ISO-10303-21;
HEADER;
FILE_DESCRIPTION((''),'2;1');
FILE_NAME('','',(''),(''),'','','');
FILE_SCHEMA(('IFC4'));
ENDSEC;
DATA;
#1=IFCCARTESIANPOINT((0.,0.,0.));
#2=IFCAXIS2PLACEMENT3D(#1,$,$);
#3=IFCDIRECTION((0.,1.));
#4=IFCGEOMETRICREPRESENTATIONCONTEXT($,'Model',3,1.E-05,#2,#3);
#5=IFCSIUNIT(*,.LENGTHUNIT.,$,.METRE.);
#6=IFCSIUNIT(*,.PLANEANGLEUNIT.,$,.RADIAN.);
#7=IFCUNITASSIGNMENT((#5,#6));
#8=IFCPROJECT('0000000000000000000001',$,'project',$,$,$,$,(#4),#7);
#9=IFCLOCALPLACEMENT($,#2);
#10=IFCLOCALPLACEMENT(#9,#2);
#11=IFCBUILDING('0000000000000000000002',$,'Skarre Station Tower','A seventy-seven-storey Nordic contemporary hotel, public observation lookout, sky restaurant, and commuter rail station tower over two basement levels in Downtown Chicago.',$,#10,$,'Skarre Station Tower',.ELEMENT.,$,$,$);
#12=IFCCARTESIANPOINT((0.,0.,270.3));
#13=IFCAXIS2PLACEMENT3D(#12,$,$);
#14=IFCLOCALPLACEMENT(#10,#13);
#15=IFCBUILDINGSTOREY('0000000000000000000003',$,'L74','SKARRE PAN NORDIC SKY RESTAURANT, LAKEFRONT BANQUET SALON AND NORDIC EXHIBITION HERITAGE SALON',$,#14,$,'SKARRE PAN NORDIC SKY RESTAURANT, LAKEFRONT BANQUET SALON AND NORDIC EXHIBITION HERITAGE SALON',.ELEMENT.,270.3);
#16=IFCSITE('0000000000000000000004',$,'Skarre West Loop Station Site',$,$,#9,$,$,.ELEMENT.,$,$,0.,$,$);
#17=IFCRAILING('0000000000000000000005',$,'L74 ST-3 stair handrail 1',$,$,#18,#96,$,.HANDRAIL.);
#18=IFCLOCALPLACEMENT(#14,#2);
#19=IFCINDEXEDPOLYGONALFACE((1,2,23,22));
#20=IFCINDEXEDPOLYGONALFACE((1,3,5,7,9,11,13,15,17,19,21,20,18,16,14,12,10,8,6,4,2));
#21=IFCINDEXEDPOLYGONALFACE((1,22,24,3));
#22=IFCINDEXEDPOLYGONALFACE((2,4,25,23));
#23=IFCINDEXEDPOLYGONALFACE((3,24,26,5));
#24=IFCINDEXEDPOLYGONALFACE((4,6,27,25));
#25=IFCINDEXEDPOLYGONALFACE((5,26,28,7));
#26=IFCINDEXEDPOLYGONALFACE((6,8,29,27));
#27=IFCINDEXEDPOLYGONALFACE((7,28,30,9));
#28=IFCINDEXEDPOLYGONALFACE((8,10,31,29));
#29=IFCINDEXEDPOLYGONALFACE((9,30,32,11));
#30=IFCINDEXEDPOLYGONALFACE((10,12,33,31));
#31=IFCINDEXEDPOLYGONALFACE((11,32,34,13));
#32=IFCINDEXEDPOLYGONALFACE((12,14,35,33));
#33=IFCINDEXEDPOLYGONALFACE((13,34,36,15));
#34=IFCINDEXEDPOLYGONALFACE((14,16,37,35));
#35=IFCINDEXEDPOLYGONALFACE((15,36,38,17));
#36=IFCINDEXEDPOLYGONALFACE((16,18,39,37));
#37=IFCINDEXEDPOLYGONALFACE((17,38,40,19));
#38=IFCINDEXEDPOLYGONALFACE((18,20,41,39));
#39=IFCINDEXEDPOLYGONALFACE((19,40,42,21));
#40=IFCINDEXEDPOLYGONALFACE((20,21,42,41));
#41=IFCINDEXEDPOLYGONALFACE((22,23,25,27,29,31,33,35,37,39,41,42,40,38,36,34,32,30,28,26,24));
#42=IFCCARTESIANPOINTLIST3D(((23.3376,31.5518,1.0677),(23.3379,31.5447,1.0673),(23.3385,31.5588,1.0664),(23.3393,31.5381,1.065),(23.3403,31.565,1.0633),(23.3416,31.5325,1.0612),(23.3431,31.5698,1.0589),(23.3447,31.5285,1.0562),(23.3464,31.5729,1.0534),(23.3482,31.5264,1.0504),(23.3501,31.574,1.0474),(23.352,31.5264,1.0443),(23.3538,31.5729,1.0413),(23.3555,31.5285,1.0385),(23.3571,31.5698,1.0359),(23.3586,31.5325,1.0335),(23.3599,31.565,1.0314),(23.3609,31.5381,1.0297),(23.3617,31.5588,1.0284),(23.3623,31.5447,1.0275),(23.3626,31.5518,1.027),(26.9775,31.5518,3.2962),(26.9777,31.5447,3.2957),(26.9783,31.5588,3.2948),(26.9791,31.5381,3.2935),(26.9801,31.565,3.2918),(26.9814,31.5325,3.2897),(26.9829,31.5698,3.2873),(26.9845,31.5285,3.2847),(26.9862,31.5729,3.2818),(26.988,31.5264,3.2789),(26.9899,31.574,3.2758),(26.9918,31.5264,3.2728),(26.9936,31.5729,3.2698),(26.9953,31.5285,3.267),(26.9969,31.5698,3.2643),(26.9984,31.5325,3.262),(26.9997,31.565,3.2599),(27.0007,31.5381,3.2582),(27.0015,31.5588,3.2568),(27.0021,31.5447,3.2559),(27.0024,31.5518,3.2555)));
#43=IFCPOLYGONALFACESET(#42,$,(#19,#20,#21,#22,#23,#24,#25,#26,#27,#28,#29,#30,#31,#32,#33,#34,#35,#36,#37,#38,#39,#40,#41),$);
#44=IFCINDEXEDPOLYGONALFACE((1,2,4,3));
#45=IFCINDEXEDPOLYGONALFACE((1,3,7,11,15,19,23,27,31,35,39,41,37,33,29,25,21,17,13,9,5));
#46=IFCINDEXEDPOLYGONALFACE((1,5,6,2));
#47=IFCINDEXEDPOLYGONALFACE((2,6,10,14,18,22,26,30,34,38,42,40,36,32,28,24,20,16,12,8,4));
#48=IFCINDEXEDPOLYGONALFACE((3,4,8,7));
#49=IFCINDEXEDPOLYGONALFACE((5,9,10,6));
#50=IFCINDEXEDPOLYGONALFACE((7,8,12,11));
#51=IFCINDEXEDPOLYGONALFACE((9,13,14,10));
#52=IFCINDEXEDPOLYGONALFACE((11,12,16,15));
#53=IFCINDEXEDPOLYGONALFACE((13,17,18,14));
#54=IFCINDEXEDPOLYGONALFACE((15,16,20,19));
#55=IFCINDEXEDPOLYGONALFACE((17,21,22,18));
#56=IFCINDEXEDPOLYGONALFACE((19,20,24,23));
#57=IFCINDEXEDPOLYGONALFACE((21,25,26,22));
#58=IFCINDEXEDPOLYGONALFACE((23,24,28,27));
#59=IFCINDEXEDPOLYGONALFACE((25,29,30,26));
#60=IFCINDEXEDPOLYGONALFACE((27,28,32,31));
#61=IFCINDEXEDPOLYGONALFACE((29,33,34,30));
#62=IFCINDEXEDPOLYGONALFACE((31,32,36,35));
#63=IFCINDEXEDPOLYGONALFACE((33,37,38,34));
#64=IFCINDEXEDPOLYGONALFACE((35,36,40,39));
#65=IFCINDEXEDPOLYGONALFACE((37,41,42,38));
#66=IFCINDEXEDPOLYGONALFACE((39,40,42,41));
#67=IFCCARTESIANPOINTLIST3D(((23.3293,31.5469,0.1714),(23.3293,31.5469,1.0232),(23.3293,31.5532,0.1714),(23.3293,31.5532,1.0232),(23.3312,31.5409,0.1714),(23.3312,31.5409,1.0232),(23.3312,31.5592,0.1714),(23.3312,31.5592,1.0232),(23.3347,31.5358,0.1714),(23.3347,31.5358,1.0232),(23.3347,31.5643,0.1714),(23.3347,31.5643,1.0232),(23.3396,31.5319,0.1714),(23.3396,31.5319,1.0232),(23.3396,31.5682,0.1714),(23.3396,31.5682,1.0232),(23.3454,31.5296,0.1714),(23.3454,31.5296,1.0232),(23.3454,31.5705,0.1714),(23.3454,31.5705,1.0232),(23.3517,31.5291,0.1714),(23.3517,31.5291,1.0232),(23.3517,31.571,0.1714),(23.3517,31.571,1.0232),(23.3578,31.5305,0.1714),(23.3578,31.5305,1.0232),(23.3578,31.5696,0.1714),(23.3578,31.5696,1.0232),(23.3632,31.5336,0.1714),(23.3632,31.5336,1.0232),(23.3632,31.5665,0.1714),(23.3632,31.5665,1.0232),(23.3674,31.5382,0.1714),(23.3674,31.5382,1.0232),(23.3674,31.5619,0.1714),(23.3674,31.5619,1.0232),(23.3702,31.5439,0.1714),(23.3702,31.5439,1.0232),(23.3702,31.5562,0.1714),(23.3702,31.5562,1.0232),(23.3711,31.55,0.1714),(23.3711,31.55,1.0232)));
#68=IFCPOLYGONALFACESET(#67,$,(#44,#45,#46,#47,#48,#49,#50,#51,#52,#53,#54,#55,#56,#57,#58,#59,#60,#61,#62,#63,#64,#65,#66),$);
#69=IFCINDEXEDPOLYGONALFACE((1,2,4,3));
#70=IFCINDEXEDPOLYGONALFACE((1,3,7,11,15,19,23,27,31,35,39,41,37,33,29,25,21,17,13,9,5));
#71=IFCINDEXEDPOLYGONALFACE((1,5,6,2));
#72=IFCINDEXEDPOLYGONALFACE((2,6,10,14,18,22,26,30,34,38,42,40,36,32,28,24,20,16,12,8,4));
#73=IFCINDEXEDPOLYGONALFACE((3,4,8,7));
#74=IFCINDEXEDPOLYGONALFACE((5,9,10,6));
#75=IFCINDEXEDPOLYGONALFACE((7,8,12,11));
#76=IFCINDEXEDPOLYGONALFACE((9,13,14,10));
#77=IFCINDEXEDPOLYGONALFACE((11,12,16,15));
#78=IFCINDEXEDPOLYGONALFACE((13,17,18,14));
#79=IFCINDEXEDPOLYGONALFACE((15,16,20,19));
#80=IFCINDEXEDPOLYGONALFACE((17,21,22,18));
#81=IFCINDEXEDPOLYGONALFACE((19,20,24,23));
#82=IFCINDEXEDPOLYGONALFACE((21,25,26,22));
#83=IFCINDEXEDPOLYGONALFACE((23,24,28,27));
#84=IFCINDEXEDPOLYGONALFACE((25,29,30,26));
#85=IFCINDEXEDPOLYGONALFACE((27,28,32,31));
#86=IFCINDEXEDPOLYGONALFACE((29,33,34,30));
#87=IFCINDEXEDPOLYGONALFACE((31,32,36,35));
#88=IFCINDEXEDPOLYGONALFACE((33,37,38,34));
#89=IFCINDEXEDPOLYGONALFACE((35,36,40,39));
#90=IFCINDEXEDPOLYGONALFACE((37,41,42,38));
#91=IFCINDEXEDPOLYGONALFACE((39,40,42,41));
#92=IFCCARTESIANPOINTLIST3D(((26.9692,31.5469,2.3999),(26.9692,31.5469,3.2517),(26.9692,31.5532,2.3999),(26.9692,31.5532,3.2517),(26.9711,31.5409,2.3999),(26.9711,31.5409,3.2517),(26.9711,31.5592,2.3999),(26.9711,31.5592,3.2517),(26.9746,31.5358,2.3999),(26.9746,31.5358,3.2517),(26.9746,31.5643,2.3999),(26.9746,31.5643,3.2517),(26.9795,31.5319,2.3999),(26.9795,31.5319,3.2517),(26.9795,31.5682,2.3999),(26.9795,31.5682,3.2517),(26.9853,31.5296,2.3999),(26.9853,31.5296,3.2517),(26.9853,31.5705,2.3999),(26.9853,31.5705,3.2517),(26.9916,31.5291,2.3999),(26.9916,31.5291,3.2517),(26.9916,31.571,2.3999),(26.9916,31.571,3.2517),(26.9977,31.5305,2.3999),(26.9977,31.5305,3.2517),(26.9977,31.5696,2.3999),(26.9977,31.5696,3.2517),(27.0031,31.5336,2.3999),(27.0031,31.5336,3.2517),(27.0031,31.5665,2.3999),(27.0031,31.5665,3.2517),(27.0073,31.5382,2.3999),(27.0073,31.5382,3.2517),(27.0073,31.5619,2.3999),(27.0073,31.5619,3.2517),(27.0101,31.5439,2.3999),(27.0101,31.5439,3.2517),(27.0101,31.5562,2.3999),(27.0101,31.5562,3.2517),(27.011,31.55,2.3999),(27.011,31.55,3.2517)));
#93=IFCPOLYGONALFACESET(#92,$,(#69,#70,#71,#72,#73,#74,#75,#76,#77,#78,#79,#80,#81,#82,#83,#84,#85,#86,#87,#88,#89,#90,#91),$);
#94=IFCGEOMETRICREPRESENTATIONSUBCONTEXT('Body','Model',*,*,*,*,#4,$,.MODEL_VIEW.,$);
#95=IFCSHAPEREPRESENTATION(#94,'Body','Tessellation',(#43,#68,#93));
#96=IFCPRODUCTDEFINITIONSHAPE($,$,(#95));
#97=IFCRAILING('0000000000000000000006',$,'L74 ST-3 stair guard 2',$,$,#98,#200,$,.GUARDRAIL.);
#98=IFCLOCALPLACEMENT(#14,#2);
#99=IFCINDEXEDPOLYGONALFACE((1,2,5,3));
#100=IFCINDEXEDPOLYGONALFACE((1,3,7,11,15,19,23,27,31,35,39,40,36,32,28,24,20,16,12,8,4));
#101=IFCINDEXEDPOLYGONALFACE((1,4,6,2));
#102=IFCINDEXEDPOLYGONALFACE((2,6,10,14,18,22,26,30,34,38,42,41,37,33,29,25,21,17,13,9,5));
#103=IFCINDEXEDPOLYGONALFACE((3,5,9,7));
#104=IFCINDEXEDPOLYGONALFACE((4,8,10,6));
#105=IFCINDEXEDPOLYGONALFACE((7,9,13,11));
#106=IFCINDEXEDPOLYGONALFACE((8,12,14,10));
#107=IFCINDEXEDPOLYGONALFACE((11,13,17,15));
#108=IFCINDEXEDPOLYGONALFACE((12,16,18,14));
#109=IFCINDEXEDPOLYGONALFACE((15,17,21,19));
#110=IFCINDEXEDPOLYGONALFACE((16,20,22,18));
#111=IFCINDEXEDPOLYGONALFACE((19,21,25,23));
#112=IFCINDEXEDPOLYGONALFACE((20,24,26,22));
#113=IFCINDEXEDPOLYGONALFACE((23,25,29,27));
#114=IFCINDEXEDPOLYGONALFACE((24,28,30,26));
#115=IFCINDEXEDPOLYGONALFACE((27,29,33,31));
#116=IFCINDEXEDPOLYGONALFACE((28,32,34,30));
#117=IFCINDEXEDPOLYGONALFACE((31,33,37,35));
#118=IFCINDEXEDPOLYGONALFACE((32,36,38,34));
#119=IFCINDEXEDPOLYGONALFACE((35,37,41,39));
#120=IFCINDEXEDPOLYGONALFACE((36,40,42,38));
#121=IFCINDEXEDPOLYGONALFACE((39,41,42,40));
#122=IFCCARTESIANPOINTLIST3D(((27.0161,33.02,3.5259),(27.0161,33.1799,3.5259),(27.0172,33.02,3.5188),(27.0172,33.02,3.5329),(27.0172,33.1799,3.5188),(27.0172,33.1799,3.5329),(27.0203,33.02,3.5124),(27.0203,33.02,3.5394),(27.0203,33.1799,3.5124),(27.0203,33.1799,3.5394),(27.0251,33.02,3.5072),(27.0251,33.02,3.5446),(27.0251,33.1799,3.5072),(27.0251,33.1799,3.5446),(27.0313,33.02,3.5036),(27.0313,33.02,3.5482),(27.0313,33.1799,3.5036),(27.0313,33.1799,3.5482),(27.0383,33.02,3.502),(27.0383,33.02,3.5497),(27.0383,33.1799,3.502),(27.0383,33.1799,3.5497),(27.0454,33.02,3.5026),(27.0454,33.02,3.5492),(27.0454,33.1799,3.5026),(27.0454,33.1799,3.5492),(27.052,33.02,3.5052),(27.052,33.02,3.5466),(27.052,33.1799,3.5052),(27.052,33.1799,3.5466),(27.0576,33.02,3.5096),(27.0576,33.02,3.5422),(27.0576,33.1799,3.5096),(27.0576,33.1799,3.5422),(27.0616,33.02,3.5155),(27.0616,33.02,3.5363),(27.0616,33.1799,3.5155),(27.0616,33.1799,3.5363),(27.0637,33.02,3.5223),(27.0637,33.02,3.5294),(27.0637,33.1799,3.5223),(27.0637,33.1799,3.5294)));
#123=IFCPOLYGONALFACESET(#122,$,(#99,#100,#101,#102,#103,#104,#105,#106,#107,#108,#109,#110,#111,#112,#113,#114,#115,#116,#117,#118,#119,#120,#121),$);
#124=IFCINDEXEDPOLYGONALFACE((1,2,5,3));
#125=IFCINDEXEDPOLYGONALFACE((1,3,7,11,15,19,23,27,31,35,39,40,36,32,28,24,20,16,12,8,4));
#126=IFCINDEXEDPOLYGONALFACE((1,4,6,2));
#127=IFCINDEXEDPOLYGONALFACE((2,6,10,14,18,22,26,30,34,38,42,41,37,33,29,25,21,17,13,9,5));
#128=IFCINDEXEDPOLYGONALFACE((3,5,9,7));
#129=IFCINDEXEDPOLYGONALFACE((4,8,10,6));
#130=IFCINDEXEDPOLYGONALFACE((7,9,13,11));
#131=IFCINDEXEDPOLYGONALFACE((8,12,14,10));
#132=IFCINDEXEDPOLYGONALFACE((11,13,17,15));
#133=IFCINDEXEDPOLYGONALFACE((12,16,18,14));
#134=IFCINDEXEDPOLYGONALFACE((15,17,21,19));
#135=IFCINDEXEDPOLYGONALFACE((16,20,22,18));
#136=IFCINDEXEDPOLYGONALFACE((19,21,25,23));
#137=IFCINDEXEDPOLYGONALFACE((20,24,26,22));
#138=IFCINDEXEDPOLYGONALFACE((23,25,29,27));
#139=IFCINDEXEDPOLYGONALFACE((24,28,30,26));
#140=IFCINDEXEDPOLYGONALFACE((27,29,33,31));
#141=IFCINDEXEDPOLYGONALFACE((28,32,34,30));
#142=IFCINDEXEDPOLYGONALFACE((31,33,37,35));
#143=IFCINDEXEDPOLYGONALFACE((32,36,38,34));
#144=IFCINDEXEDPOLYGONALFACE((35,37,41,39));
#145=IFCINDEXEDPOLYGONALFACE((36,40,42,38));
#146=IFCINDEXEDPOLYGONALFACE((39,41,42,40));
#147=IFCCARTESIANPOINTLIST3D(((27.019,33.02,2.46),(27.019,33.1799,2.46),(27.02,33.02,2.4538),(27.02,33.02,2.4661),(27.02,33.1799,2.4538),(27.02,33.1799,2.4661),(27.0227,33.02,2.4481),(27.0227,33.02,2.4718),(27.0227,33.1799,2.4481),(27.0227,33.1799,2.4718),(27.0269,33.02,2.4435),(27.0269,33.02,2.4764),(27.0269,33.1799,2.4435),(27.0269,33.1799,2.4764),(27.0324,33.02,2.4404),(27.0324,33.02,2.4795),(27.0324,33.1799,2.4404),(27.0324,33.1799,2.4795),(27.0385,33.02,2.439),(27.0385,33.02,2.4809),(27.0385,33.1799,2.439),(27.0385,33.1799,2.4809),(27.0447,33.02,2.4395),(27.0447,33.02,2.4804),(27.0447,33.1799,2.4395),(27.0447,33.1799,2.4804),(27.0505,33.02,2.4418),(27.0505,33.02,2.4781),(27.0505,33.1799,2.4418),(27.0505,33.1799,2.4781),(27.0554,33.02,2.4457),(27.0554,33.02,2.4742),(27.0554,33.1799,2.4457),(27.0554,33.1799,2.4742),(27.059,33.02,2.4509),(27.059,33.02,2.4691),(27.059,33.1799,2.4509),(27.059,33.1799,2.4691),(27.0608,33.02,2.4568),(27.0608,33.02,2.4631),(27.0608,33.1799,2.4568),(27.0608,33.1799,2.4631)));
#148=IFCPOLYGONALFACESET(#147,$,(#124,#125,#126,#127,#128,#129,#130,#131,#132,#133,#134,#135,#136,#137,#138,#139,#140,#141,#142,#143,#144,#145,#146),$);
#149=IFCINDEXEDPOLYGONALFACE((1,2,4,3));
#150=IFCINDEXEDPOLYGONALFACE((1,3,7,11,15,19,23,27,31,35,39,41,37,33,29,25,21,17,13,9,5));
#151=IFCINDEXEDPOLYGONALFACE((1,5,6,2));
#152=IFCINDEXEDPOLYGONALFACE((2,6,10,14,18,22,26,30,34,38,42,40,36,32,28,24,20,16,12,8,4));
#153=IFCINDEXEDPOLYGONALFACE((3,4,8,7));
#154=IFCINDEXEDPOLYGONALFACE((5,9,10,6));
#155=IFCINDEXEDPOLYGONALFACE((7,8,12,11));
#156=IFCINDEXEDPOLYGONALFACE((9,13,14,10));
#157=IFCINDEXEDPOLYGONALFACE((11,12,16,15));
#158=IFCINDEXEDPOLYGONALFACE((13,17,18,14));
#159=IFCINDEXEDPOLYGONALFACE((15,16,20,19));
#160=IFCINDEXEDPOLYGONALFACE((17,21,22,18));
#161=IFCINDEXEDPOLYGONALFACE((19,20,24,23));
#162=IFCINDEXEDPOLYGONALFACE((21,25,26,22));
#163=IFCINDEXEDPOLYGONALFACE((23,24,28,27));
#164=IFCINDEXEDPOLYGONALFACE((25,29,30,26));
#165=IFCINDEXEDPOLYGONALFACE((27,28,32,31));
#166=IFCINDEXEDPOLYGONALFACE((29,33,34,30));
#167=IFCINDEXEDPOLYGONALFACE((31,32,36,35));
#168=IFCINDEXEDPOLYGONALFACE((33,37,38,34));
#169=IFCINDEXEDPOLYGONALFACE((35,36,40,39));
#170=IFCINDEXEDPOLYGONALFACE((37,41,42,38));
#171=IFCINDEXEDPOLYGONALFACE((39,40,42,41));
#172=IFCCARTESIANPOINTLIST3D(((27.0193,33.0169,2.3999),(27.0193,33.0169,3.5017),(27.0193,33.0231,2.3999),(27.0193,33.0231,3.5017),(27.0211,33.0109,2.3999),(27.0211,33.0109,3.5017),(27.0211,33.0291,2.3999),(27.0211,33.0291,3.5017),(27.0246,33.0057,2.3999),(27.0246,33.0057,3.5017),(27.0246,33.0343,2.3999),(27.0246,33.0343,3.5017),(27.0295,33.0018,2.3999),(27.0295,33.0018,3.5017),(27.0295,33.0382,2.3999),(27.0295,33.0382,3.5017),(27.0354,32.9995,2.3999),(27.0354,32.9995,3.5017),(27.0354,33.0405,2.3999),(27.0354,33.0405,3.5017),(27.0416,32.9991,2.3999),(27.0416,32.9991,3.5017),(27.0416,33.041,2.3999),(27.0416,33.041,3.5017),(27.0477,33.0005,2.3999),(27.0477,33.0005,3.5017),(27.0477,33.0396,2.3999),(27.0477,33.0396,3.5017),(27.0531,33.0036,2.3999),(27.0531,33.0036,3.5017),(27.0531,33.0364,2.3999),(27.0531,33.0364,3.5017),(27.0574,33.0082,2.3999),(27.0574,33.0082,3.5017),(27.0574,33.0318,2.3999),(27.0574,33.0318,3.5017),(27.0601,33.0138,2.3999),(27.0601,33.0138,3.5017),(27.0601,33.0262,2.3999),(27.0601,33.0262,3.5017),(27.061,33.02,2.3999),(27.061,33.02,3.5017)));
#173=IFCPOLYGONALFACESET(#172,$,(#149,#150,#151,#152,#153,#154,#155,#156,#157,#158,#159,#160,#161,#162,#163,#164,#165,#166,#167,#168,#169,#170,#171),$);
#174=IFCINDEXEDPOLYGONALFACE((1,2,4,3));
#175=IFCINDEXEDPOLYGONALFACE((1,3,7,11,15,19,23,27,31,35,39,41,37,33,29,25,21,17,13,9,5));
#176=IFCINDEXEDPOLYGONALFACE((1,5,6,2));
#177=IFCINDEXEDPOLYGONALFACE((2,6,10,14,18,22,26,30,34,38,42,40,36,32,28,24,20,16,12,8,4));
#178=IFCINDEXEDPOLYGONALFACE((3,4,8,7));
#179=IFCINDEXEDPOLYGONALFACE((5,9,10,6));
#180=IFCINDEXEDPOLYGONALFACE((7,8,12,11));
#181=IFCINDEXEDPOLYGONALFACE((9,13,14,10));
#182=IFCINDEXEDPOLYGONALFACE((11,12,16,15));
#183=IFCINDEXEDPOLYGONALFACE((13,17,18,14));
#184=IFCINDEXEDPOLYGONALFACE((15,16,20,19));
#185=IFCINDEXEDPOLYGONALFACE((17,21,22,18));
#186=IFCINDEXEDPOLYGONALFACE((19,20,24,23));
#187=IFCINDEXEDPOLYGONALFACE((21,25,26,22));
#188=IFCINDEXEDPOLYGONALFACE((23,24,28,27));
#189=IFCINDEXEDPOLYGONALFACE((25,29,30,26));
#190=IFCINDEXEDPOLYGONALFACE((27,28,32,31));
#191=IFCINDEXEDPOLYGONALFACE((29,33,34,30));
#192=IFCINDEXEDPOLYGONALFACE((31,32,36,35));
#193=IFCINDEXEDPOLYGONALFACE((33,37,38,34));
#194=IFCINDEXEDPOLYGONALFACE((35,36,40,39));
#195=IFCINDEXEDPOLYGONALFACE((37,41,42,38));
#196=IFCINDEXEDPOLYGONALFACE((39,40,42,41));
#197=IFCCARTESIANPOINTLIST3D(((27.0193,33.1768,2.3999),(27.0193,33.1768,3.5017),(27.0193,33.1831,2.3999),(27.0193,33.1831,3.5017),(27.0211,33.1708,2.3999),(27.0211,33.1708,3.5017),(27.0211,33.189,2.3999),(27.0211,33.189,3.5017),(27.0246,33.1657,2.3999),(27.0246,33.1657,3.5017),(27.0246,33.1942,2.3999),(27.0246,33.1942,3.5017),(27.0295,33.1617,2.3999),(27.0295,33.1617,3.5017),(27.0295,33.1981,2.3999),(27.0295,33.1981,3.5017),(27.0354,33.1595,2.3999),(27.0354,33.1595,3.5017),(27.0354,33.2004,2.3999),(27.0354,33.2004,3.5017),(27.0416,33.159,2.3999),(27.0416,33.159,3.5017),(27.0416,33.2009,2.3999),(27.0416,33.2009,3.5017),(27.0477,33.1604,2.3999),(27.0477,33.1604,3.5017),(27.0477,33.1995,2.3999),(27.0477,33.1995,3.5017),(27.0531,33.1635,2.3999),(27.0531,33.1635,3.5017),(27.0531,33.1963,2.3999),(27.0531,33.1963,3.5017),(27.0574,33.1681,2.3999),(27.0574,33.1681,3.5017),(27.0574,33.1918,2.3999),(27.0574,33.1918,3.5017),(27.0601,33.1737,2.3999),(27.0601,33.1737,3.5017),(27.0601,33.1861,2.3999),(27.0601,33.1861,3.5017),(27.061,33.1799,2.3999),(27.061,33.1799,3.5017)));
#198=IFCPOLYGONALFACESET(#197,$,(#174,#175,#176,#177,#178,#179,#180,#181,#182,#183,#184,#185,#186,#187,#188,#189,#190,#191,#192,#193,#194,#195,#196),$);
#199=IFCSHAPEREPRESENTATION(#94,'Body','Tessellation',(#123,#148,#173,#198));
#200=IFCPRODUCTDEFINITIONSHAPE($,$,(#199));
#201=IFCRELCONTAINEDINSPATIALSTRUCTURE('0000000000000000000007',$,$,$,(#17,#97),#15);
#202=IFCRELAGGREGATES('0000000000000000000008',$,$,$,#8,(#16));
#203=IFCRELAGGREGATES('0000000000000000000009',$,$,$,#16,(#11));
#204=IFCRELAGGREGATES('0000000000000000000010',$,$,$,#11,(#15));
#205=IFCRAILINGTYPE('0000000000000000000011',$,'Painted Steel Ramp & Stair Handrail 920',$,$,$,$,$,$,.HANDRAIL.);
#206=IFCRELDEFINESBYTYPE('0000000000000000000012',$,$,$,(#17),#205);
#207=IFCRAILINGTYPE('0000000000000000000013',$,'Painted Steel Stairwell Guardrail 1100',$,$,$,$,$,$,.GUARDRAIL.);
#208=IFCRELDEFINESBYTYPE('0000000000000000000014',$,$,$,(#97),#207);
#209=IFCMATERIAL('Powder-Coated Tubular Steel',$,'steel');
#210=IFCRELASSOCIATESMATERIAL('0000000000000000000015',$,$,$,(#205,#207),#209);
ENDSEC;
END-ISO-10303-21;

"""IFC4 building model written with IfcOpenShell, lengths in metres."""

from ifc_helpers import new_model, si_unit, direction, frame, origin, origin_2d, place, context, subcontext, project, spatial, circle, extrude, material, type_object, element, save


model = new_model("IFC4")

# Units and contexts
model_context = context("Model", 3, precision=1e-05, world=origin(), true_north=direction((0.0, 1.0)))
body_context = subcontext(model_context, "Body", "Model", "MODEL_VIEW")
ifc_project = project(units=[si_unit("LENGTHUNIT", "METRE"), si_unit("PLANEANGLEUNIT", "RADIAN")], contexts=[model_context])

# Site, building, storey
site_placement = place(None, origin())
site = spatial("IfcSite", under=ifc_project, at=site_placement, Name="Skarre West Loop Station Site", CompositionType="ELEMENT", RefElevation=0.0)
building_placement = place(site_placement, origin())
building = spatial("IfcBuilding", under=site, at=building_placement, Name="Skarre Station Tower", Description="A seventy-seven-storey Nordic contemporary hotel, public observation lookout, sky restaurant, and commuter rail station tower over two basement levels in Downtown Chicago.", LongName="Skarre Station Tower", CompositionType="ELEMENT")
storey_placement = place(building_placement, frame((0.0, 0.0, 270.3)))
storey = spatial("IfcBuildingStorey", under=building, at=storey_placement, Name="L74", Description="SKARRE PAN NORDIC SKY RESTAURANT, LAKEFRONT BANQUET SALON AND NORDIC EXHIBITION HERITAGE SALON", LongName="SKARRE PAN NORDIC SKY RESTAURANT, LAKEFRONT BANQUET SALON AND NORDIC EXHIBITION HERITAGE SALON", CompositionType="ELEMENT", Elevation=270.3)

# Railings
ifc_material_1 = material(Name="Powder-Coated Tubular Steel", Category="steel")
railing_type_1 = type_object("IfcRailingType", Name="Painted Steel Ramp & Stair Handrail 920", PredefinedType="HANDRAIL", material=ifc_material_1)
railing_1_placement = place(storey_placement, frame((23.3501, 31.55, 0.1714)))
element("IfcRailing", 1, at=railing_1_placement, inside=storey, type_object=railing_type_1, Name="L74 ST-3 stair handrail 1", PredefinedType="HANDRAIL", context=body_context, shape_type="SweptSolid", body=[
    extrude(circle(Radius=0.0239, at=origin_2d()), frame((0.0, 0.0, 0.876), z_axis=(0.85285, 0.0, 0.522156), x_axis=(0.0, 1.0, 0.0)), (0.0, 0.0, 1.0), 4.2678),
    extrude(circle(Radius=0.021, at=origin_2d()), origin(), (0.0, 0.0, 1.0), 0.8518),
    extrude(circle(Radius=0.021, at=origin_2d()), frame((3.6399, 0.0, 2.2285)), (0.0, 0.0, 1.0), 0.8518),
])
railing_type_2 = type_object("IfcRailingType", Name="Painted Steel Stairwell Guardrail 1100", PredefinedType="GUARDRAIL", material=ifc_material_1)
railing_2_placement = place(storey_placement, frame((27.04, 33.02, 2.3999)))
element("IfcRailing", 2, at=railing_2_placement, inside=storey, type_object=railing_type_2, Name="L74 ST-3 stair guard 2", PredefinedType="GUARDRAIL", context=body_context, shape_type="SweptSolid", body=[
    extrude(circle(Radius=0.0239, at=origin_2d()), frame((0.0, 0.0, 1.126), z_axis=(0.0, 1.0, 0.0), x_axis=(-1.0, 0.0, 0.0)), (0.0, 0.0, 1.0), 0.1599),
    extrude(circle(Radius=0.021, at=origin_2d()), frame((0.0, 0.0, 0.0601), z_axis=(0.0, 1.0, 0.0), x_axis=(-1.0, 0.0, 0.0)), (0.0, 0.0, 1.0), 0.1599),
    extrude(circle(Radius=0.021, at=origin_2d()), origin(), (0.0, 0.0, 1.0), 1.1018),
    extrude(circle(Radius=0.021, at=origin_2d()), frame((0.0, 0.1599, 0.0)), (0.0, 0.0, 1.0), 1.1018),
])

save(model, "model.ifc")
